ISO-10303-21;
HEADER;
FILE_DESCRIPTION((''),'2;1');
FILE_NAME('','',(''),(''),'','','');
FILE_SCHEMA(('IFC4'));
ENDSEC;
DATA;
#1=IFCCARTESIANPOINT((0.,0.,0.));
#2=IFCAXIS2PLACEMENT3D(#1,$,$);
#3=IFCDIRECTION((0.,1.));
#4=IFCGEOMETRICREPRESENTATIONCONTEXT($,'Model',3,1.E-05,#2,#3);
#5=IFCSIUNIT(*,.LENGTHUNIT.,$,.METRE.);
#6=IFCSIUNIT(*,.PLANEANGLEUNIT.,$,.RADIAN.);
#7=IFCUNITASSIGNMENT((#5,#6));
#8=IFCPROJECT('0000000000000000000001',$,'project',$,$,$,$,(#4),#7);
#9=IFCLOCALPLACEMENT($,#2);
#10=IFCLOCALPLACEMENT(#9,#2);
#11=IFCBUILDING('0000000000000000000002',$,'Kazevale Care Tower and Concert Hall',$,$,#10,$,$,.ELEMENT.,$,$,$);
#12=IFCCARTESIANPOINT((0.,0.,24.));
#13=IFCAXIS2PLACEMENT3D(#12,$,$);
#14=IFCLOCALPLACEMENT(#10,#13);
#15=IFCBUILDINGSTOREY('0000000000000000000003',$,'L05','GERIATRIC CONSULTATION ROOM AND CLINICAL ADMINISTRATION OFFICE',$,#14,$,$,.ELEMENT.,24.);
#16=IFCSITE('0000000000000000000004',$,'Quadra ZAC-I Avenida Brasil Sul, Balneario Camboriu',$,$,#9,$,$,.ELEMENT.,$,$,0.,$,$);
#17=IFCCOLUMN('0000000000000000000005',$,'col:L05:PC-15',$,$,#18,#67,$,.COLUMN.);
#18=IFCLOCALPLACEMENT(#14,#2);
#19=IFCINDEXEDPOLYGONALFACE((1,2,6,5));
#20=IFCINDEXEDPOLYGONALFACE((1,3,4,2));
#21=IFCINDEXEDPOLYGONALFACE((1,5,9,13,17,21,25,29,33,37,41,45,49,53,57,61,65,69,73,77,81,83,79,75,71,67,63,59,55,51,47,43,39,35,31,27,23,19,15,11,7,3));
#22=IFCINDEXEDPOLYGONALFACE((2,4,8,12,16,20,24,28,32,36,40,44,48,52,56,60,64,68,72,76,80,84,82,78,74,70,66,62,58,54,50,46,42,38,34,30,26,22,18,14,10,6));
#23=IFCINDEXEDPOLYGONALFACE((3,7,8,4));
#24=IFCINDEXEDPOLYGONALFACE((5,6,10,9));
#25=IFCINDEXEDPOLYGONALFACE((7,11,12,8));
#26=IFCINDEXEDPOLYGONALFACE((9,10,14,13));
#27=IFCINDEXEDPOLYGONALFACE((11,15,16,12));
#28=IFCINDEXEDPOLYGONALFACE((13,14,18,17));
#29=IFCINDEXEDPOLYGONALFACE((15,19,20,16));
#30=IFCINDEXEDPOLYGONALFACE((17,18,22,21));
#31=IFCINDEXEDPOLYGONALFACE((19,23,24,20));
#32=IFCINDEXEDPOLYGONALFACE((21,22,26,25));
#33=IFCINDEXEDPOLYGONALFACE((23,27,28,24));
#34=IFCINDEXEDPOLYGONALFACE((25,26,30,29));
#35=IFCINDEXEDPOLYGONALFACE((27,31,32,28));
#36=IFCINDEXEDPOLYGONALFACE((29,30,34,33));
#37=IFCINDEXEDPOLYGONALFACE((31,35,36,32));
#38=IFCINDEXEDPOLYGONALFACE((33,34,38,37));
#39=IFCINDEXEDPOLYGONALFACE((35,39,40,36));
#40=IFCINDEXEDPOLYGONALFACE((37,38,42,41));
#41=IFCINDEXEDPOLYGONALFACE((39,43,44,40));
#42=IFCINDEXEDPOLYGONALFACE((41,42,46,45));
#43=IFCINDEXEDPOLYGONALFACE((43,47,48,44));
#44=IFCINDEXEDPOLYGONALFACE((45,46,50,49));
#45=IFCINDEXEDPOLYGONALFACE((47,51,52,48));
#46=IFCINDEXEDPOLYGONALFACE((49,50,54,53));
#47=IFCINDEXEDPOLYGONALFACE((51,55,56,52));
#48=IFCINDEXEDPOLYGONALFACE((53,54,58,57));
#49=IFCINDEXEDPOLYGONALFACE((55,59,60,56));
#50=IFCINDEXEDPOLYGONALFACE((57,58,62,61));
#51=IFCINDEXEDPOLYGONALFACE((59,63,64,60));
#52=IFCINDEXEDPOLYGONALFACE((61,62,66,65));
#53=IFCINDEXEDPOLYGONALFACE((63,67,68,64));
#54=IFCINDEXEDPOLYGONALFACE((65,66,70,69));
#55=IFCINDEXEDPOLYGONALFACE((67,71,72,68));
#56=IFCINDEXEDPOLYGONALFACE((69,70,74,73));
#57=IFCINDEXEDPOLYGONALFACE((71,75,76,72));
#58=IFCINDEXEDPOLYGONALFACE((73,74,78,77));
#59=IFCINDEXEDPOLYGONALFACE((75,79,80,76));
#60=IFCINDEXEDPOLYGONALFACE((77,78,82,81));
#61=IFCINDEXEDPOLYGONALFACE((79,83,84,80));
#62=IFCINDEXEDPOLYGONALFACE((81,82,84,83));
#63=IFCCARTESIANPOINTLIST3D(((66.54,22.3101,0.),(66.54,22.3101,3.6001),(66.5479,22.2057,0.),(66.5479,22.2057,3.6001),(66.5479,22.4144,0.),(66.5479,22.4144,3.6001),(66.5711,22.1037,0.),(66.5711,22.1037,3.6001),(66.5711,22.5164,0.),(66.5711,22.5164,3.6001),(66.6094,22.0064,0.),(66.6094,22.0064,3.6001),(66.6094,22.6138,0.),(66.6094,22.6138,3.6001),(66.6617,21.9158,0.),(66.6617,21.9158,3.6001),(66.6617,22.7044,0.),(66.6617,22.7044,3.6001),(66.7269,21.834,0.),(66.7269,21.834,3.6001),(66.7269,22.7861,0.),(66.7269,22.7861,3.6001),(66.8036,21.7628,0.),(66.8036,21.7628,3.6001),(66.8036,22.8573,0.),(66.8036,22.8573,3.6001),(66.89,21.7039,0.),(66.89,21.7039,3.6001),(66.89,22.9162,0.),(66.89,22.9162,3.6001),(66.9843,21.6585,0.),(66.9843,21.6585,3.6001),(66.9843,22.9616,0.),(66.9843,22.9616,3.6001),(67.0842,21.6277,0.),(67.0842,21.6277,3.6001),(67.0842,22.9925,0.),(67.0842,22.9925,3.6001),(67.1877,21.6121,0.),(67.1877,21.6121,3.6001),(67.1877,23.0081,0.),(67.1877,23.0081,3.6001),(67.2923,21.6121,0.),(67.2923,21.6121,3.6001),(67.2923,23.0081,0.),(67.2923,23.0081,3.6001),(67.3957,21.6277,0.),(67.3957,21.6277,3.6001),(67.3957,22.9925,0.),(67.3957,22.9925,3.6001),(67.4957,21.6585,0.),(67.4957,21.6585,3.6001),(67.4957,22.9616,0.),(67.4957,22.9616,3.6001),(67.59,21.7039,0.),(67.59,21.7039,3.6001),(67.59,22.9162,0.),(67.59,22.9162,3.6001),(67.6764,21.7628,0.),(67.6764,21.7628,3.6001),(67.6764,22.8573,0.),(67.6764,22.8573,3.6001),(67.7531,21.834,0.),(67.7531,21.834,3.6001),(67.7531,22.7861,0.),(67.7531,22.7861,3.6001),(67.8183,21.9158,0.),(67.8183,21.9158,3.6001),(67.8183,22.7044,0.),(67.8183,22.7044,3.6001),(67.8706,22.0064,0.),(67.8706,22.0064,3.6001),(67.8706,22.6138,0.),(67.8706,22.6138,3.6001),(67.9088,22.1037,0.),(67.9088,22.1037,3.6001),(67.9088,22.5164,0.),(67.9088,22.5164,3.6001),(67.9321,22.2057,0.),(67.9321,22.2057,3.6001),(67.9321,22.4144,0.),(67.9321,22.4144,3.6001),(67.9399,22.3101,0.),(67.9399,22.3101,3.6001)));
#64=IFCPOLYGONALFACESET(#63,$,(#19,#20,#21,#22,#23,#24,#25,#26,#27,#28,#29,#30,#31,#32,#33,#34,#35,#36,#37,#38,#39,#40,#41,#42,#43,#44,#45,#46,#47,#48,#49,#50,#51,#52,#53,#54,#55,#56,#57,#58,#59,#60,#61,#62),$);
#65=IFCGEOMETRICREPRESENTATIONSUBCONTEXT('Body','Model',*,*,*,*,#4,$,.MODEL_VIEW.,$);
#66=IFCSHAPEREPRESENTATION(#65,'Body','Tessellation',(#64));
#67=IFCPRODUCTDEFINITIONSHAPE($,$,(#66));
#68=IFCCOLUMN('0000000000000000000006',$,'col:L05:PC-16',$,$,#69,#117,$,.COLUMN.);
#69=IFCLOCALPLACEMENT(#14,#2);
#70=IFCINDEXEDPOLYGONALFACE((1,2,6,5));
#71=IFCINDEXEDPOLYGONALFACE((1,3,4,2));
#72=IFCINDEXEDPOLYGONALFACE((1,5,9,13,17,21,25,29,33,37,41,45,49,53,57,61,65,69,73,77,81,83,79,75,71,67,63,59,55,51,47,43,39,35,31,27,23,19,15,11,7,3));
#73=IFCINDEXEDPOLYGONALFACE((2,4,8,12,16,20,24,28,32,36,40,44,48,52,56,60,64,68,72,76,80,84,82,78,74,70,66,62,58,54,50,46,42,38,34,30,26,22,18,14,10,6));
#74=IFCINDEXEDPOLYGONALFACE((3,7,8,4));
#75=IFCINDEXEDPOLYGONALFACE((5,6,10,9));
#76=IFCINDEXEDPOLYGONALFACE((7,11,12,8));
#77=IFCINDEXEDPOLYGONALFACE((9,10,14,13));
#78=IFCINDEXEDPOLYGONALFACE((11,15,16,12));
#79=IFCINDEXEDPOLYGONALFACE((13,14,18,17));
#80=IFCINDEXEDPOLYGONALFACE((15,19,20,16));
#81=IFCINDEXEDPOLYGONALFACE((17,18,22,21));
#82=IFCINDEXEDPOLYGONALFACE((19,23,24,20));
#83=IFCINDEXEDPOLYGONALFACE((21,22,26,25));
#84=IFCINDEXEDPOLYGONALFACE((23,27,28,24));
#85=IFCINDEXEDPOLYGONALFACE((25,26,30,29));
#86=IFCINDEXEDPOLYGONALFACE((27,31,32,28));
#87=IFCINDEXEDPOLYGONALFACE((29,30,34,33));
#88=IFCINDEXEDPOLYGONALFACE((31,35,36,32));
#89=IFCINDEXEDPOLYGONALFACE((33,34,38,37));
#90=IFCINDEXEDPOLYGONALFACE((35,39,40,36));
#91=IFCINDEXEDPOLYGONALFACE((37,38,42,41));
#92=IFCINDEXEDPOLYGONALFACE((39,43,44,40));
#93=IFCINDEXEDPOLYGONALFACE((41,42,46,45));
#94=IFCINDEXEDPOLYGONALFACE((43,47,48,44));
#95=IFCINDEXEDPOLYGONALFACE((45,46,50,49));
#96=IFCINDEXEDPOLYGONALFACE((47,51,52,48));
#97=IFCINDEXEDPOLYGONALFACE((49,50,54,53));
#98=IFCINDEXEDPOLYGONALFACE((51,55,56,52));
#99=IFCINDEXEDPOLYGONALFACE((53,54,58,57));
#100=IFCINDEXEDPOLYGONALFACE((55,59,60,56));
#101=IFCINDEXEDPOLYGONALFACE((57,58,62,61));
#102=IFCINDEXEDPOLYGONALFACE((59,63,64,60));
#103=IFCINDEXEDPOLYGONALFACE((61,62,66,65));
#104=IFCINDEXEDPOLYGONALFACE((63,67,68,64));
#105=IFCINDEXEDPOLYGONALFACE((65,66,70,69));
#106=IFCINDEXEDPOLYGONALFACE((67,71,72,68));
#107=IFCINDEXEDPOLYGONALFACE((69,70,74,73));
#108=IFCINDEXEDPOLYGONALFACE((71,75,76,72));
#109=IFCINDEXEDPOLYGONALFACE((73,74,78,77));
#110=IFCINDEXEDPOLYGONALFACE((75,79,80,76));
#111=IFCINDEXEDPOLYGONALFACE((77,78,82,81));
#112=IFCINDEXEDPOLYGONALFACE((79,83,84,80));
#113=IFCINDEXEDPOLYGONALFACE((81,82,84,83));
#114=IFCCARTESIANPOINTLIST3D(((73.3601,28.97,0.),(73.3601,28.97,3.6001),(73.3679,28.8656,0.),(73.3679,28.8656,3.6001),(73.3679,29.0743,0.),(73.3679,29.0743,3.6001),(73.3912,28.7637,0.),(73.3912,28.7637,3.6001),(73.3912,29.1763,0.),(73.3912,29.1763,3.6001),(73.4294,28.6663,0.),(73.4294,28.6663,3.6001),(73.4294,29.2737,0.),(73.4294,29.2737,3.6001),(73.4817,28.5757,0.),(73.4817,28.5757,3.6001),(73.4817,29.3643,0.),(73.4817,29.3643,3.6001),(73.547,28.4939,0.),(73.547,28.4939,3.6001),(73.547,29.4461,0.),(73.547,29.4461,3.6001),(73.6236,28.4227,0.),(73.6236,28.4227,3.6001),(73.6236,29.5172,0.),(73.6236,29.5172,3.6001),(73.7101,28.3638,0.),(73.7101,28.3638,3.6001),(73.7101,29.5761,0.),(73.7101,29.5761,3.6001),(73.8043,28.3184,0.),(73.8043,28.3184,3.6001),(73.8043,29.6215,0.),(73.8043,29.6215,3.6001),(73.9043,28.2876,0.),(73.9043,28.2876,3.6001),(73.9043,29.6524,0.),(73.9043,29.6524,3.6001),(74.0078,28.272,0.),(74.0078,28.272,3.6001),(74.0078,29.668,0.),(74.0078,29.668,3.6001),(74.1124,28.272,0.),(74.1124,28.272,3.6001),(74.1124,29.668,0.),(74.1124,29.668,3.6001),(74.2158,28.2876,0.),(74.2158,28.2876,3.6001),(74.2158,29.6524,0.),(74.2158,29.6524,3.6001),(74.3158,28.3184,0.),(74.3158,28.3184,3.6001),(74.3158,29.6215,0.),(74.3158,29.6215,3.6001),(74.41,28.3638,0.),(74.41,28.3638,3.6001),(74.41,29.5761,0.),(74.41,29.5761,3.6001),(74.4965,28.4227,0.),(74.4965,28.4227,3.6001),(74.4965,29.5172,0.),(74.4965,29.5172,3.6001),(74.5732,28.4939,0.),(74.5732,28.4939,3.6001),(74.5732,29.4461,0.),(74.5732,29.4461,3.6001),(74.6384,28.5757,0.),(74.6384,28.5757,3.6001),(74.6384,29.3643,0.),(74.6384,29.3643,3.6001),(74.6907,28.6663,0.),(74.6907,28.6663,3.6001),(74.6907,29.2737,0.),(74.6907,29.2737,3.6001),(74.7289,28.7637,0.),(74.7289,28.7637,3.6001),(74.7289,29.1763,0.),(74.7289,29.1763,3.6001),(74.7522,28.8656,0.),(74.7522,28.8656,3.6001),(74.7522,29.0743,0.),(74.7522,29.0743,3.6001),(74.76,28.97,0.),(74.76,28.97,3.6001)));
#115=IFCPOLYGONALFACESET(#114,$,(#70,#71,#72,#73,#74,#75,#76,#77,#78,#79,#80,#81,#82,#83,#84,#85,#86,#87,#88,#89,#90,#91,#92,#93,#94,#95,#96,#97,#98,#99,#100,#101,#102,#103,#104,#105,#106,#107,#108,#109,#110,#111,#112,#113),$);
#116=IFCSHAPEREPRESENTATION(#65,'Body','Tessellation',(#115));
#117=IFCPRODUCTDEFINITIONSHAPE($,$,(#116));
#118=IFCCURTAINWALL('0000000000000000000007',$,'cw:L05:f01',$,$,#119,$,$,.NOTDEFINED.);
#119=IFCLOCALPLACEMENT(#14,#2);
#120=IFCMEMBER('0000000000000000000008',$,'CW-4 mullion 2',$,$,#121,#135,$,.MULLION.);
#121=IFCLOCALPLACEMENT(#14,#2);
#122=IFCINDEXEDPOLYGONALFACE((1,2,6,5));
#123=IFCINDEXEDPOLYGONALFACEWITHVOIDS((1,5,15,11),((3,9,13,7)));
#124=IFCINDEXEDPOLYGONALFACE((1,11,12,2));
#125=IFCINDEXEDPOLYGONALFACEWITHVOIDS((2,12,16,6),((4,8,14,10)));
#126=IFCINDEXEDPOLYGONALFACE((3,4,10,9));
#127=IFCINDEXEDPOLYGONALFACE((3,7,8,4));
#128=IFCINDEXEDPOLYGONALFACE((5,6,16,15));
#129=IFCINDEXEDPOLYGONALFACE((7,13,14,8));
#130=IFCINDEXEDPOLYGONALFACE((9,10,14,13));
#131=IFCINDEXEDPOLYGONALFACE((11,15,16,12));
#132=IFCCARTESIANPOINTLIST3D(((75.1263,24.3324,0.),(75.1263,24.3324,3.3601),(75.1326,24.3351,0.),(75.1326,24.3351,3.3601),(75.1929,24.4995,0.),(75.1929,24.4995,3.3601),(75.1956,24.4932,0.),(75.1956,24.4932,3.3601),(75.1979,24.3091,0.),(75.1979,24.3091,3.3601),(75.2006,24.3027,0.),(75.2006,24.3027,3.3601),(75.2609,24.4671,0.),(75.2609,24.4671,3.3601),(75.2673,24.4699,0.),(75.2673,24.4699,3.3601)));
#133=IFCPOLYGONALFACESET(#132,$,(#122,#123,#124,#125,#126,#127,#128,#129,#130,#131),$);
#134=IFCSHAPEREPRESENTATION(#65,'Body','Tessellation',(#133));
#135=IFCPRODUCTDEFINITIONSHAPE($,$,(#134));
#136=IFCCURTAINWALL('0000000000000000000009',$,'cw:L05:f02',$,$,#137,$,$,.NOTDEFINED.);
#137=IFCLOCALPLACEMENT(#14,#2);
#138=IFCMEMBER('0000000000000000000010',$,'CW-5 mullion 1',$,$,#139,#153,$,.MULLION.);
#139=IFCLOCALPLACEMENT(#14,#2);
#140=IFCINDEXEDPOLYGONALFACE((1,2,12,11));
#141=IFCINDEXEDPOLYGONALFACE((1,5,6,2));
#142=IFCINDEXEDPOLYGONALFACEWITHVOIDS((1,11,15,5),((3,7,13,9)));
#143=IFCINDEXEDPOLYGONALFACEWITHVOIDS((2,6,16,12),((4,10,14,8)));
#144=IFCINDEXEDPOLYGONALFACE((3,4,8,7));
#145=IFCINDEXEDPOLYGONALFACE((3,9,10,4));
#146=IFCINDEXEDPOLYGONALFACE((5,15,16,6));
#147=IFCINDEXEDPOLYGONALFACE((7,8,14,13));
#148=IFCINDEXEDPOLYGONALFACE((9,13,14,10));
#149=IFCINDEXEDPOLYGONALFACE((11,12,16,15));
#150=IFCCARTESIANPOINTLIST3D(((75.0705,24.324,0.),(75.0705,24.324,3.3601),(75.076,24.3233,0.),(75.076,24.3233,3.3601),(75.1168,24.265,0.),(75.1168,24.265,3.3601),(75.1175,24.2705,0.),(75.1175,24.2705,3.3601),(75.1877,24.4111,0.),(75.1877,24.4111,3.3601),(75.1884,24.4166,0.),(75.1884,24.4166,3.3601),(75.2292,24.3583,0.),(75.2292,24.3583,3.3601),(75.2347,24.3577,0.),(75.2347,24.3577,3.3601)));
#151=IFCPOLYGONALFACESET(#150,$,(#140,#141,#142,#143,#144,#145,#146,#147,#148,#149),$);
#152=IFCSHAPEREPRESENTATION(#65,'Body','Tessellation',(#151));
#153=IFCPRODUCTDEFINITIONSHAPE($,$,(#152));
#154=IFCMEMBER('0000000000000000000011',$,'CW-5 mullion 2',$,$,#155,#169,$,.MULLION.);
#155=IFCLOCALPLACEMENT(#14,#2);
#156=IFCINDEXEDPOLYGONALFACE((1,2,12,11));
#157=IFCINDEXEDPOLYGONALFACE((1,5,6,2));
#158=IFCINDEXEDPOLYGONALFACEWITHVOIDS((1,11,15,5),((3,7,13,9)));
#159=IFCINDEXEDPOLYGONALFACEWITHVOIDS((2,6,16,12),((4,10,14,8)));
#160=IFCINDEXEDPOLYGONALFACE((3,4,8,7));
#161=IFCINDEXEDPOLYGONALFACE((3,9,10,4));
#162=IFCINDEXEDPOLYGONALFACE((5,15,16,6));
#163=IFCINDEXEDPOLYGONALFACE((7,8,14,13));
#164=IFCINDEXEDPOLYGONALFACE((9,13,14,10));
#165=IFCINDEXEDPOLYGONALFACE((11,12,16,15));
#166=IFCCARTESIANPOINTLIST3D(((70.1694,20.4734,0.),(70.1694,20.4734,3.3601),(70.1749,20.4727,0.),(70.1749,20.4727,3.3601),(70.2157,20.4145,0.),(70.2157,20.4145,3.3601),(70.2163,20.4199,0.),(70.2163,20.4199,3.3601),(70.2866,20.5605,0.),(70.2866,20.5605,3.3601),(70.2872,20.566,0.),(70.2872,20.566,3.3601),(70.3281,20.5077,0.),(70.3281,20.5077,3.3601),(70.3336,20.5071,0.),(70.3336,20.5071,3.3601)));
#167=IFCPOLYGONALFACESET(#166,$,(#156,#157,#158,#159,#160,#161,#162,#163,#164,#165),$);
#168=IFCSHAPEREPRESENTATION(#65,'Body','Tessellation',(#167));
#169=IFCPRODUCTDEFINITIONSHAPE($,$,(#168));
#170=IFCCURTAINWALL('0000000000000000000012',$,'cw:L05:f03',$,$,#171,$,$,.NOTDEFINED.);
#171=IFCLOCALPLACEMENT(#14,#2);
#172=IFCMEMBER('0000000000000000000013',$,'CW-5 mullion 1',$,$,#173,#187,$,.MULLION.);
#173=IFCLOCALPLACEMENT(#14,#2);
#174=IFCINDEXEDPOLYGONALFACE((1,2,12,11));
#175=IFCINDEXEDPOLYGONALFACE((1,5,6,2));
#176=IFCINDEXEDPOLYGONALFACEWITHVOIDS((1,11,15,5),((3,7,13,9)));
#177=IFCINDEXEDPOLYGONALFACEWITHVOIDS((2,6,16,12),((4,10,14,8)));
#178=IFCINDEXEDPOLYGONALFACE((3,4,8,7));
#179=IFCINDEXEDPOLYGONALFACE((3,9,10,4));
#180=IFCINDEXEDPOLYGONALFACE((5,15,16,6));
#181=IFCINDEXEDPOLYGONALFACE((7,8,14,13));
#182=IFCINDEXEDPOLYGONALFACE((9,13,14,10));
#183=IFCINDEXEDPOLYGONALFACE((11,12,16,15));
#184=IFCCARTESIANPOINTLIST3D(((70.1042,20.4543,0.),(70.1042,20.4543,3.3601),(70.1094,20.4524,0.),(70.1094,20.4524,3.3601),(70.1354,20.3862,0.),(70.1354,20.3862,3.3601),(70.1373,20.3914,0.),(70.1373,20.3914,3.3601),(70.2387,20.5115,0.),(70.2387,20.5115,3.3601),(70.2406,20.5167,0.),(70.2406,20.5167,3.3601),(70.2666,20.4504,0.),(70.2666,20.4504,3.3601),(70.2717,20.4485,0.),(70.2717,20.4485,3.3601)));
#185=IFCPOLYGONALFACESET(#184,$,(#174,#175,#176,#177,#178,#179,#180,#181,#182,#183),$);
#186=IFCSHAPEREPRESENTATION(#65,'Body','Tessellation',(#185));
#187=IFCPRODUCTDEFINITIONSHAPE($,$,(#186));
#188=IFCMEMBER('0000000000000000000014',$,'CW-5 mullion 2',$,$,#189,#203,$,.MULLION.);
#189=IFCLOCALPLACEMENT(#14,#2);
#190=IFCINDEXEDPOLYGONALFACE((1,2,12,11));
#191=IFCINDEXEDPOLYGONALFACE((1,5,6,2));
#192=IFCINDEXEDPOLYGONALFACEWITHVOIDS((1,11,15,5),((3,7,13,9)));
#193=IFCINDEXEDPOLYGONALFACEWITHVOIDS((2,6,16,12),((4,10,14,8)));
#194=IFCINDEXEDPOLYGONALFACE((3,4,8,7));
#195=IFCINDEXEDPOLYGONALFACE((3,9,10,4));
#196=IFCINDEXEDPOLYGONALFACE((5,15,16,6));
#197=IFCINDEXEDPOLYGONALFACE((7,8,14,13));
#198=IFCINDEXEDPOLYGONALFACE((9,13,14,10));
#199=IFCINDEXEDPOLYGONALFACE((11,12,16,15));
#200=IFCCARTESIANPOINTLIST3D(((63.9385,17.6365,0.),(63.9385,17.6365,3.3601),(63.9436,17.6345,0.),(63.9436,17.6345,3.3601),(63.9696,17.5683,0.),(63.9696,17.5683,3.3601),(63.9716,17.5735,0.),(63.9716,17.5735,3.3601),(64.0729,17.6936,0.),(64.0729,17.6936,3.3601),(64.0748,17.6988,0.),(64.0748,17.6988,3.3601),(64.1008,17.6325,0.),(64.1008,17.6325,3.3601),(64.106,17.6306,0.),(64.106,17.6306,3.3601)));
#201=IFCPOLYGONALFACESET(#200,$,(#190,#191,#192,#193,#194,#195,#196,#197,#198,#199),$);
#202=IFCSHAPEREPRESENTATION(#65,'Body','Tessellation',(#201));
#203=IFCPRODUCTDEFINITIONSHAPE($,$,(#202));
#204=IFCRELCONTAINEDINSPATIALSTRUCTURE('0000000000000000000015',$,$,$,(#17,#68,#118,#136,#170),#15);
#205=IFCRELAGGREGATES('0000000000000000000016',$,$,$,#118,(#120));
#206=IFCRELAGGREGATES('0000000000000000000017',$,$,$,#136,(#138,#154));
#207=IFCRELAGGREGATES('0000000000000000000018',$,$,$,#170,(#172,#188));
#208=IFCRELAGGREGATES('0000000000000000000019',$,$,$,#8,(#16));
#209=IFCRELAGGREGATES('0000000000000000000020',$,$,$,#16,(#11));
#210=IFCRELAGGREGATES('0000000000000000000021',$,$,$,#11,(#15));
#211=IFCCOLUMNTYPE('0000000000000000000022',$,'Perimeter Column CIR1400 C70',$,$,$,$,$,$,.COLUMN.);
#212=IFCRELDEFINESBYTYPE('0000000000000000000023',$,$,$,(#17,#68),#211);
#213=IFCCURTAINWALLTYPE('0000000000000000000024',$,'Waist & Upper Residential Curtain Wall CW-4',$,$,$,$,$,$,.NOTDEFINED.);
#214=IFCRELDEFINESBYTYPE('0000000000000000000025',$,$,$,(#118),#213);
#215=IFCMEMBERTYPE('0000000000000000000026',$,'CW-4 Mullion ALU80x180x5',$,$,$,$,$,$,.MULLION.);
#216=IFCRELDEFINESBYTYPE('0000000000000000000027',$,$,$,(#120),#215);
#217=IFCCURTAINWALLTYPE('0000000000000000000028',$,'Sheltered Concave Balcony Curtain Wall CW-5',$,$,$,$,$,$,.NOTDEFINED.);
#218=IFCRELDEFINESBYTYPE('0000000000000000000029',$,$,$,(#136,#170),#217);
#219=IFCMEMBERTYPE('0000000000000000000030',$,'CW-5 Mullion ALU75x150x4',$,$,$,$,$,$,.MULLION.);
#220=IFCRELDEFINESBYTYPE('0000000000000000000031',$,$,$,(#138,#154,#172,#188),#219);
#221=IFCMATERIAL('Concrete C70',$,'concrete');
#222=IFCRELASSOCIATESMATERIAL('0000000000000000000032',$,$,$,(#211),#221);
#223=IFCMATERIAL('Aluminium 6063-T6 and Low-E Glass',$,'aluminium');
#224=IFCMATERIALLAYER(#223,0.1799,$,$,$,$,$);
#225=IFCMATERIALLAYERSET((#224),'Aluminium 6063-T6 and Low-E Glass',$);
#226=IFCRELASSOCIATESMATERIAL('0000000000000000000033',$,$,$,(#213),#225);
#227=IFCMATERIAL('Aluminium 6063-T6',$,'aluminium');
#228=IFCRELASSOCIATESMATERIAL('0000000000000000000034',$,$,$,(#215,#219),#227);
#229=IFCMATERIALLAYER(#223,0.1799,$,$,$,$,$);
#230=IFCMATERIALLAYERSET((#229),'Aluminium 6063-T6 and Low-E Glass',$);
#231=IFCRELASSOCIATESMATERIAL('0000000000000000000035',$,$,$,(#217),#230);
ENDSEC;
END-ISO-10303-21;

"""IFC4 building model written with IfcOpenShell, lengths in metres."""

from ifc_helpers import new_model, si_unit, direction, frame, origin, origin_2d, place, context, subcontext, project, spatial, hollow_rectangle, circle, extrude, material, layer, layer_set, material_profile, profile_set, type_object, element, aggregate, save


model = new_model("IFC4")

# Units and contexts
model_context = context("Model", 3, precision=1e-05, world=origin(), true_north=direction((0.0, 1.0)))
body_context = subcontext(model_context, "Body", "Model", "MODEL_VIEW")
ifc_project = project(units=[si_unit("LENGTHUNIT", "METRE"), si_unit("PLANEANGLEUNIT", "RADIAN")], contexts=[model_context])

# Site, building, storey
site_placement = place(None, origin())
site = spatial("IfcSite", under=ifc_project, at=site_placement, Name="Quadra ZAC-I Avenida Brasil Sul, Balneario Camboriu", CompositionType="ELEMENT", RefElevation=0.0)
building_placement = place(site_placement, origin())
building = spatial("IfcBuilding", under=site, at=building_placement, Name="Kazevale Care Tower and Concert Hall", CompositionType="ELEMENT")
storey_placement = place(building_placement, frame((0.0, 0.0, 24.0)))
storey = spatial("IfcBuildingStorey", under=building, at=storey_placement, Name="L05", Description="GERIATRIC CONSULTATION ROOM AND CLINICAL ADMINISTRATION OFFICE", CompositionType="ELEMENT", Elevation=24.0)

# Columns
ifc_material_1 = material(Name="Concrete C70", Category="concrete")
ifc_material_profile_1 = material_profile(ifc_material_1, circle(Radius=0.7, at=origin_2d()), Name="RC-CIR1400")
ifc_profile_set_1 = profile_set([ifc_material_profile_1], Name="Concrete C70")
column_type = type_object("IfcColumnType", Name="Perimeter Column CIR1400 C70", PredefinedType="COLUMN", material=ifc_profile_set_1)
for number, where, z_axis, x_axis, name in (
    (1, (67.24, 22.3101, 0.0), (0.0, 0.0, 1.0), (1.0, 0.0, 0.0), "col:L05:PC-15"),
    (2, (74.0601, 28.97, 0.0), (0.0, 0.0, 1.0), (1.0, 0.0, 0.0), "col:L05:PC-16"),
):
    element("IfcColumn", number, at=place(storey_placement, frame(where, z_axis=z_axis, x_axis=x_axis)), inside=storey, type_object=column_type, Name=name, PredefinedType="COLUMN", context=body_context, shape_type="SweptSolid", body=[
        extrude(circle(Radius=0.7, at=origin_2d()), origin(), (0.0, 0.0, 1.0), 3.6001),
    ])

# Curtain wall, member
ifc_material_2 = material(Name="Aluminium 6063-T6 and Low-E Glass", Category="aluminium")
ifc_layer_1 = layer(ifc_material_2, 0.1799)
ifc_layer_set_1 = layer_set([ifc_layer_1], Name="Aluminium 6063-T6 and Low-E Glass")
curtain_wall_type_1 = type_object("IfcCurtainWallType", Name="Waist & Upper Residential Curtain Wall CW-4", PredefinedType="NOTDEFINED", material=ifc_layer_set_1)
curtain_wall_1_placement = place(storey_placement, origin())
curtain_wall_1 = element("IfcCurtainWall", 3, at=curtain_wall_1_placement, inside=storey, type_object=curtain_wall_type_1, Name="cw:L05:f01", PredefinedType="NOTDEFINED")
ifc_material_3 = material(Name="Aluminium 6063-T6", Category="aluminium")
ifc_material_profile_2 = material_profile(ifc_material_3, hollow_rectangle(XDim=0.0801, YDim=0.1799, WallThickness=0.0049, at=origin_2d()), Name="ALU80x180x5")
ifc_profile_set_2 = profile_set([ifc_material_profile_2], Name="Aluminium 6063-T6")
member_type_1 = type_object("IfcMemberType", Name="CW-4 Mullion ALU80x180x5", PredefinedType="MULLION", material=ifc_profile_set_2)
member_1_placement = place(storey_placement, frame((75.1968, 24.4011, 0.0), z_axis=(0.0, 0.0, 1.0), x_axis=(0.928861, -0.370427, 0.0)))
member_1 = element("IfcMember", 4, at=member_1_placement, type_object=member_type_1, Name="CW-4 mullion 2", PredefinedType="MULLION", context=body_context, shape_type="SweptSolid", body=[
    extrude(hollow_rectangle(XDim=0.0801, YDim=0.1799, WallThickness=0.0049, at=origin_2d()), origin(), (0.0, 0.0, 1.0), 3.3601),
])
aggregate(curtain_wall_1, [member_1])

# Curtain walls, members
ifc_layer_2 = layer(ifc_material_2, 0.1799)
ifc_layer_set_2 = layer_set([ifc_layer_2], Name="Aluminium 6063-T6 and Low-E Glass")
curtain_wall_type_2 = type_object("IfcCurtainWallType", Name="Sheltered Concave Balcony Curtain Wall CW-5", PredefinedType="NOTDEFINED", material=ifc_layer_set_2)
curtain_wall_2_placement = place(storey_placement, origin())
curtain_wall_2 = element("IfcCurtainWall", 5, at=curtain_wall_2_placement, inside=storey, type_object=curtain_wall_type_2, Name="cw:L05:f02", PredefinedType="NOTDEFINED")
ifc_material_profile_3 = material_profile(ifc_material_3, hollow_rectangle(XDim=0.075, YDim=0.1499, WallThickness=0.0039, at=origin_2d()), Name="ALU75x150x4")
ifc_profile_set_3 = profile_set([ifc_material_profile_3], Name="Aluminium 6063-T6")
member_type_2 = type_object("IfcMemberType", Name="CW-5 Mullion ALU75x150x4", PredefinedType="MULLION", material=ifc_profile_set_3)
member_2_placement = place(storey_placement, frame((75.1526, 24.3408, 0.0), z_axis=(0.0, 0.0, 1.0), x_axis=(0.617808, -0.786329, 0.0)))
member_2 = element("IfcMember", 6, at=member_2_placement, type_object=member_type_2, Name="CW-5 mullion 1", PredefinedType="MULLION", context=body_context, shape_type="SweptSolid", body=[
    extrude(hollow_rectangle(XDim=0.075, YDim=0.1499, WallThickness=0.0039, at=origin_2d()), origin(), (0.0, 0.0, 1.0), 3.3601),
])
member_3_placement = place(storey_placement, frame((70.2515, 20.4902, 0.0), z_axis=(0.0, 0.0, 1.0), x_axis=(0.617808, -0.786329, 0.0)))
member_3 = element("IfcMember", 7, at=member_3_placement, type_object=member_type_2, Name="CW-5 mullion 2", PredefinedType="MULLION", context=body_context, shape_type="SweptSolid", body=[
    extrude(hollow_rectangle(XDim=0.075, YDim=0.1499, WallThickness=0.0039, at=origin_2d()), origin(), (0.0, 0.0, 1.0), 3.3601),
])
curtain_wall_3_placement = place(storey_placement, origin())
curtain_wall_3 = element("IfcCurtainWall", 8, at=curtain_wall_3_placement, inside=storey, type_object=curtain_wall_type_2, Name="cw:L05:f03", PredefinedType="NOTDEFINED")
member_4_placement = place(storey_placement, frame((70.188, 20.4514, 0.0), z_axis=(0.0, 0.0, 1.0), x_axis=(0.41566, -0.90952, 0.0)))
member_4 = element("IfcMember", 9, at=member_4_placement, type_object=member_type_2, Name="CW-5 mullion 1", PredefinedType="MULLION", context=body_context, shape_type="SweptSolid", body=[
    extrude(hollow_rectangle(XDim=0.075, YDim=0.1499, WallThickness=0.0039, at=origin_2d()), origin(), (0.0, 0.0, 1.0), 3.3601),
])
member_5_placement = place(storey_placement, frame((64.0222, 17.6335, 0.0), z_axis=(0.0, 0.0, 1.0), x_axis=(0.41566, -0.90952, 0.0)))
member_5 = element("IfcMember", 10, at=member_5_placement, type_object=member_type_2, Name="CW-5 mullion 2", PredefinedType="MULLION", context=body_context, shape_type="SweptSolid", body=[
    extrude(hollow_rectangle(XDim=0.075, YDim=0.1499, WallThickness=0.0039, at=origin_2d()), origin(), (0.0, 0.0, 1.0), 3.3601),
])

aggregate(curtain_wall_2, [member_2, member_3])
aggregate(curtain_wall_3, [member_4, member_5])

save(model, "model.ifc")
